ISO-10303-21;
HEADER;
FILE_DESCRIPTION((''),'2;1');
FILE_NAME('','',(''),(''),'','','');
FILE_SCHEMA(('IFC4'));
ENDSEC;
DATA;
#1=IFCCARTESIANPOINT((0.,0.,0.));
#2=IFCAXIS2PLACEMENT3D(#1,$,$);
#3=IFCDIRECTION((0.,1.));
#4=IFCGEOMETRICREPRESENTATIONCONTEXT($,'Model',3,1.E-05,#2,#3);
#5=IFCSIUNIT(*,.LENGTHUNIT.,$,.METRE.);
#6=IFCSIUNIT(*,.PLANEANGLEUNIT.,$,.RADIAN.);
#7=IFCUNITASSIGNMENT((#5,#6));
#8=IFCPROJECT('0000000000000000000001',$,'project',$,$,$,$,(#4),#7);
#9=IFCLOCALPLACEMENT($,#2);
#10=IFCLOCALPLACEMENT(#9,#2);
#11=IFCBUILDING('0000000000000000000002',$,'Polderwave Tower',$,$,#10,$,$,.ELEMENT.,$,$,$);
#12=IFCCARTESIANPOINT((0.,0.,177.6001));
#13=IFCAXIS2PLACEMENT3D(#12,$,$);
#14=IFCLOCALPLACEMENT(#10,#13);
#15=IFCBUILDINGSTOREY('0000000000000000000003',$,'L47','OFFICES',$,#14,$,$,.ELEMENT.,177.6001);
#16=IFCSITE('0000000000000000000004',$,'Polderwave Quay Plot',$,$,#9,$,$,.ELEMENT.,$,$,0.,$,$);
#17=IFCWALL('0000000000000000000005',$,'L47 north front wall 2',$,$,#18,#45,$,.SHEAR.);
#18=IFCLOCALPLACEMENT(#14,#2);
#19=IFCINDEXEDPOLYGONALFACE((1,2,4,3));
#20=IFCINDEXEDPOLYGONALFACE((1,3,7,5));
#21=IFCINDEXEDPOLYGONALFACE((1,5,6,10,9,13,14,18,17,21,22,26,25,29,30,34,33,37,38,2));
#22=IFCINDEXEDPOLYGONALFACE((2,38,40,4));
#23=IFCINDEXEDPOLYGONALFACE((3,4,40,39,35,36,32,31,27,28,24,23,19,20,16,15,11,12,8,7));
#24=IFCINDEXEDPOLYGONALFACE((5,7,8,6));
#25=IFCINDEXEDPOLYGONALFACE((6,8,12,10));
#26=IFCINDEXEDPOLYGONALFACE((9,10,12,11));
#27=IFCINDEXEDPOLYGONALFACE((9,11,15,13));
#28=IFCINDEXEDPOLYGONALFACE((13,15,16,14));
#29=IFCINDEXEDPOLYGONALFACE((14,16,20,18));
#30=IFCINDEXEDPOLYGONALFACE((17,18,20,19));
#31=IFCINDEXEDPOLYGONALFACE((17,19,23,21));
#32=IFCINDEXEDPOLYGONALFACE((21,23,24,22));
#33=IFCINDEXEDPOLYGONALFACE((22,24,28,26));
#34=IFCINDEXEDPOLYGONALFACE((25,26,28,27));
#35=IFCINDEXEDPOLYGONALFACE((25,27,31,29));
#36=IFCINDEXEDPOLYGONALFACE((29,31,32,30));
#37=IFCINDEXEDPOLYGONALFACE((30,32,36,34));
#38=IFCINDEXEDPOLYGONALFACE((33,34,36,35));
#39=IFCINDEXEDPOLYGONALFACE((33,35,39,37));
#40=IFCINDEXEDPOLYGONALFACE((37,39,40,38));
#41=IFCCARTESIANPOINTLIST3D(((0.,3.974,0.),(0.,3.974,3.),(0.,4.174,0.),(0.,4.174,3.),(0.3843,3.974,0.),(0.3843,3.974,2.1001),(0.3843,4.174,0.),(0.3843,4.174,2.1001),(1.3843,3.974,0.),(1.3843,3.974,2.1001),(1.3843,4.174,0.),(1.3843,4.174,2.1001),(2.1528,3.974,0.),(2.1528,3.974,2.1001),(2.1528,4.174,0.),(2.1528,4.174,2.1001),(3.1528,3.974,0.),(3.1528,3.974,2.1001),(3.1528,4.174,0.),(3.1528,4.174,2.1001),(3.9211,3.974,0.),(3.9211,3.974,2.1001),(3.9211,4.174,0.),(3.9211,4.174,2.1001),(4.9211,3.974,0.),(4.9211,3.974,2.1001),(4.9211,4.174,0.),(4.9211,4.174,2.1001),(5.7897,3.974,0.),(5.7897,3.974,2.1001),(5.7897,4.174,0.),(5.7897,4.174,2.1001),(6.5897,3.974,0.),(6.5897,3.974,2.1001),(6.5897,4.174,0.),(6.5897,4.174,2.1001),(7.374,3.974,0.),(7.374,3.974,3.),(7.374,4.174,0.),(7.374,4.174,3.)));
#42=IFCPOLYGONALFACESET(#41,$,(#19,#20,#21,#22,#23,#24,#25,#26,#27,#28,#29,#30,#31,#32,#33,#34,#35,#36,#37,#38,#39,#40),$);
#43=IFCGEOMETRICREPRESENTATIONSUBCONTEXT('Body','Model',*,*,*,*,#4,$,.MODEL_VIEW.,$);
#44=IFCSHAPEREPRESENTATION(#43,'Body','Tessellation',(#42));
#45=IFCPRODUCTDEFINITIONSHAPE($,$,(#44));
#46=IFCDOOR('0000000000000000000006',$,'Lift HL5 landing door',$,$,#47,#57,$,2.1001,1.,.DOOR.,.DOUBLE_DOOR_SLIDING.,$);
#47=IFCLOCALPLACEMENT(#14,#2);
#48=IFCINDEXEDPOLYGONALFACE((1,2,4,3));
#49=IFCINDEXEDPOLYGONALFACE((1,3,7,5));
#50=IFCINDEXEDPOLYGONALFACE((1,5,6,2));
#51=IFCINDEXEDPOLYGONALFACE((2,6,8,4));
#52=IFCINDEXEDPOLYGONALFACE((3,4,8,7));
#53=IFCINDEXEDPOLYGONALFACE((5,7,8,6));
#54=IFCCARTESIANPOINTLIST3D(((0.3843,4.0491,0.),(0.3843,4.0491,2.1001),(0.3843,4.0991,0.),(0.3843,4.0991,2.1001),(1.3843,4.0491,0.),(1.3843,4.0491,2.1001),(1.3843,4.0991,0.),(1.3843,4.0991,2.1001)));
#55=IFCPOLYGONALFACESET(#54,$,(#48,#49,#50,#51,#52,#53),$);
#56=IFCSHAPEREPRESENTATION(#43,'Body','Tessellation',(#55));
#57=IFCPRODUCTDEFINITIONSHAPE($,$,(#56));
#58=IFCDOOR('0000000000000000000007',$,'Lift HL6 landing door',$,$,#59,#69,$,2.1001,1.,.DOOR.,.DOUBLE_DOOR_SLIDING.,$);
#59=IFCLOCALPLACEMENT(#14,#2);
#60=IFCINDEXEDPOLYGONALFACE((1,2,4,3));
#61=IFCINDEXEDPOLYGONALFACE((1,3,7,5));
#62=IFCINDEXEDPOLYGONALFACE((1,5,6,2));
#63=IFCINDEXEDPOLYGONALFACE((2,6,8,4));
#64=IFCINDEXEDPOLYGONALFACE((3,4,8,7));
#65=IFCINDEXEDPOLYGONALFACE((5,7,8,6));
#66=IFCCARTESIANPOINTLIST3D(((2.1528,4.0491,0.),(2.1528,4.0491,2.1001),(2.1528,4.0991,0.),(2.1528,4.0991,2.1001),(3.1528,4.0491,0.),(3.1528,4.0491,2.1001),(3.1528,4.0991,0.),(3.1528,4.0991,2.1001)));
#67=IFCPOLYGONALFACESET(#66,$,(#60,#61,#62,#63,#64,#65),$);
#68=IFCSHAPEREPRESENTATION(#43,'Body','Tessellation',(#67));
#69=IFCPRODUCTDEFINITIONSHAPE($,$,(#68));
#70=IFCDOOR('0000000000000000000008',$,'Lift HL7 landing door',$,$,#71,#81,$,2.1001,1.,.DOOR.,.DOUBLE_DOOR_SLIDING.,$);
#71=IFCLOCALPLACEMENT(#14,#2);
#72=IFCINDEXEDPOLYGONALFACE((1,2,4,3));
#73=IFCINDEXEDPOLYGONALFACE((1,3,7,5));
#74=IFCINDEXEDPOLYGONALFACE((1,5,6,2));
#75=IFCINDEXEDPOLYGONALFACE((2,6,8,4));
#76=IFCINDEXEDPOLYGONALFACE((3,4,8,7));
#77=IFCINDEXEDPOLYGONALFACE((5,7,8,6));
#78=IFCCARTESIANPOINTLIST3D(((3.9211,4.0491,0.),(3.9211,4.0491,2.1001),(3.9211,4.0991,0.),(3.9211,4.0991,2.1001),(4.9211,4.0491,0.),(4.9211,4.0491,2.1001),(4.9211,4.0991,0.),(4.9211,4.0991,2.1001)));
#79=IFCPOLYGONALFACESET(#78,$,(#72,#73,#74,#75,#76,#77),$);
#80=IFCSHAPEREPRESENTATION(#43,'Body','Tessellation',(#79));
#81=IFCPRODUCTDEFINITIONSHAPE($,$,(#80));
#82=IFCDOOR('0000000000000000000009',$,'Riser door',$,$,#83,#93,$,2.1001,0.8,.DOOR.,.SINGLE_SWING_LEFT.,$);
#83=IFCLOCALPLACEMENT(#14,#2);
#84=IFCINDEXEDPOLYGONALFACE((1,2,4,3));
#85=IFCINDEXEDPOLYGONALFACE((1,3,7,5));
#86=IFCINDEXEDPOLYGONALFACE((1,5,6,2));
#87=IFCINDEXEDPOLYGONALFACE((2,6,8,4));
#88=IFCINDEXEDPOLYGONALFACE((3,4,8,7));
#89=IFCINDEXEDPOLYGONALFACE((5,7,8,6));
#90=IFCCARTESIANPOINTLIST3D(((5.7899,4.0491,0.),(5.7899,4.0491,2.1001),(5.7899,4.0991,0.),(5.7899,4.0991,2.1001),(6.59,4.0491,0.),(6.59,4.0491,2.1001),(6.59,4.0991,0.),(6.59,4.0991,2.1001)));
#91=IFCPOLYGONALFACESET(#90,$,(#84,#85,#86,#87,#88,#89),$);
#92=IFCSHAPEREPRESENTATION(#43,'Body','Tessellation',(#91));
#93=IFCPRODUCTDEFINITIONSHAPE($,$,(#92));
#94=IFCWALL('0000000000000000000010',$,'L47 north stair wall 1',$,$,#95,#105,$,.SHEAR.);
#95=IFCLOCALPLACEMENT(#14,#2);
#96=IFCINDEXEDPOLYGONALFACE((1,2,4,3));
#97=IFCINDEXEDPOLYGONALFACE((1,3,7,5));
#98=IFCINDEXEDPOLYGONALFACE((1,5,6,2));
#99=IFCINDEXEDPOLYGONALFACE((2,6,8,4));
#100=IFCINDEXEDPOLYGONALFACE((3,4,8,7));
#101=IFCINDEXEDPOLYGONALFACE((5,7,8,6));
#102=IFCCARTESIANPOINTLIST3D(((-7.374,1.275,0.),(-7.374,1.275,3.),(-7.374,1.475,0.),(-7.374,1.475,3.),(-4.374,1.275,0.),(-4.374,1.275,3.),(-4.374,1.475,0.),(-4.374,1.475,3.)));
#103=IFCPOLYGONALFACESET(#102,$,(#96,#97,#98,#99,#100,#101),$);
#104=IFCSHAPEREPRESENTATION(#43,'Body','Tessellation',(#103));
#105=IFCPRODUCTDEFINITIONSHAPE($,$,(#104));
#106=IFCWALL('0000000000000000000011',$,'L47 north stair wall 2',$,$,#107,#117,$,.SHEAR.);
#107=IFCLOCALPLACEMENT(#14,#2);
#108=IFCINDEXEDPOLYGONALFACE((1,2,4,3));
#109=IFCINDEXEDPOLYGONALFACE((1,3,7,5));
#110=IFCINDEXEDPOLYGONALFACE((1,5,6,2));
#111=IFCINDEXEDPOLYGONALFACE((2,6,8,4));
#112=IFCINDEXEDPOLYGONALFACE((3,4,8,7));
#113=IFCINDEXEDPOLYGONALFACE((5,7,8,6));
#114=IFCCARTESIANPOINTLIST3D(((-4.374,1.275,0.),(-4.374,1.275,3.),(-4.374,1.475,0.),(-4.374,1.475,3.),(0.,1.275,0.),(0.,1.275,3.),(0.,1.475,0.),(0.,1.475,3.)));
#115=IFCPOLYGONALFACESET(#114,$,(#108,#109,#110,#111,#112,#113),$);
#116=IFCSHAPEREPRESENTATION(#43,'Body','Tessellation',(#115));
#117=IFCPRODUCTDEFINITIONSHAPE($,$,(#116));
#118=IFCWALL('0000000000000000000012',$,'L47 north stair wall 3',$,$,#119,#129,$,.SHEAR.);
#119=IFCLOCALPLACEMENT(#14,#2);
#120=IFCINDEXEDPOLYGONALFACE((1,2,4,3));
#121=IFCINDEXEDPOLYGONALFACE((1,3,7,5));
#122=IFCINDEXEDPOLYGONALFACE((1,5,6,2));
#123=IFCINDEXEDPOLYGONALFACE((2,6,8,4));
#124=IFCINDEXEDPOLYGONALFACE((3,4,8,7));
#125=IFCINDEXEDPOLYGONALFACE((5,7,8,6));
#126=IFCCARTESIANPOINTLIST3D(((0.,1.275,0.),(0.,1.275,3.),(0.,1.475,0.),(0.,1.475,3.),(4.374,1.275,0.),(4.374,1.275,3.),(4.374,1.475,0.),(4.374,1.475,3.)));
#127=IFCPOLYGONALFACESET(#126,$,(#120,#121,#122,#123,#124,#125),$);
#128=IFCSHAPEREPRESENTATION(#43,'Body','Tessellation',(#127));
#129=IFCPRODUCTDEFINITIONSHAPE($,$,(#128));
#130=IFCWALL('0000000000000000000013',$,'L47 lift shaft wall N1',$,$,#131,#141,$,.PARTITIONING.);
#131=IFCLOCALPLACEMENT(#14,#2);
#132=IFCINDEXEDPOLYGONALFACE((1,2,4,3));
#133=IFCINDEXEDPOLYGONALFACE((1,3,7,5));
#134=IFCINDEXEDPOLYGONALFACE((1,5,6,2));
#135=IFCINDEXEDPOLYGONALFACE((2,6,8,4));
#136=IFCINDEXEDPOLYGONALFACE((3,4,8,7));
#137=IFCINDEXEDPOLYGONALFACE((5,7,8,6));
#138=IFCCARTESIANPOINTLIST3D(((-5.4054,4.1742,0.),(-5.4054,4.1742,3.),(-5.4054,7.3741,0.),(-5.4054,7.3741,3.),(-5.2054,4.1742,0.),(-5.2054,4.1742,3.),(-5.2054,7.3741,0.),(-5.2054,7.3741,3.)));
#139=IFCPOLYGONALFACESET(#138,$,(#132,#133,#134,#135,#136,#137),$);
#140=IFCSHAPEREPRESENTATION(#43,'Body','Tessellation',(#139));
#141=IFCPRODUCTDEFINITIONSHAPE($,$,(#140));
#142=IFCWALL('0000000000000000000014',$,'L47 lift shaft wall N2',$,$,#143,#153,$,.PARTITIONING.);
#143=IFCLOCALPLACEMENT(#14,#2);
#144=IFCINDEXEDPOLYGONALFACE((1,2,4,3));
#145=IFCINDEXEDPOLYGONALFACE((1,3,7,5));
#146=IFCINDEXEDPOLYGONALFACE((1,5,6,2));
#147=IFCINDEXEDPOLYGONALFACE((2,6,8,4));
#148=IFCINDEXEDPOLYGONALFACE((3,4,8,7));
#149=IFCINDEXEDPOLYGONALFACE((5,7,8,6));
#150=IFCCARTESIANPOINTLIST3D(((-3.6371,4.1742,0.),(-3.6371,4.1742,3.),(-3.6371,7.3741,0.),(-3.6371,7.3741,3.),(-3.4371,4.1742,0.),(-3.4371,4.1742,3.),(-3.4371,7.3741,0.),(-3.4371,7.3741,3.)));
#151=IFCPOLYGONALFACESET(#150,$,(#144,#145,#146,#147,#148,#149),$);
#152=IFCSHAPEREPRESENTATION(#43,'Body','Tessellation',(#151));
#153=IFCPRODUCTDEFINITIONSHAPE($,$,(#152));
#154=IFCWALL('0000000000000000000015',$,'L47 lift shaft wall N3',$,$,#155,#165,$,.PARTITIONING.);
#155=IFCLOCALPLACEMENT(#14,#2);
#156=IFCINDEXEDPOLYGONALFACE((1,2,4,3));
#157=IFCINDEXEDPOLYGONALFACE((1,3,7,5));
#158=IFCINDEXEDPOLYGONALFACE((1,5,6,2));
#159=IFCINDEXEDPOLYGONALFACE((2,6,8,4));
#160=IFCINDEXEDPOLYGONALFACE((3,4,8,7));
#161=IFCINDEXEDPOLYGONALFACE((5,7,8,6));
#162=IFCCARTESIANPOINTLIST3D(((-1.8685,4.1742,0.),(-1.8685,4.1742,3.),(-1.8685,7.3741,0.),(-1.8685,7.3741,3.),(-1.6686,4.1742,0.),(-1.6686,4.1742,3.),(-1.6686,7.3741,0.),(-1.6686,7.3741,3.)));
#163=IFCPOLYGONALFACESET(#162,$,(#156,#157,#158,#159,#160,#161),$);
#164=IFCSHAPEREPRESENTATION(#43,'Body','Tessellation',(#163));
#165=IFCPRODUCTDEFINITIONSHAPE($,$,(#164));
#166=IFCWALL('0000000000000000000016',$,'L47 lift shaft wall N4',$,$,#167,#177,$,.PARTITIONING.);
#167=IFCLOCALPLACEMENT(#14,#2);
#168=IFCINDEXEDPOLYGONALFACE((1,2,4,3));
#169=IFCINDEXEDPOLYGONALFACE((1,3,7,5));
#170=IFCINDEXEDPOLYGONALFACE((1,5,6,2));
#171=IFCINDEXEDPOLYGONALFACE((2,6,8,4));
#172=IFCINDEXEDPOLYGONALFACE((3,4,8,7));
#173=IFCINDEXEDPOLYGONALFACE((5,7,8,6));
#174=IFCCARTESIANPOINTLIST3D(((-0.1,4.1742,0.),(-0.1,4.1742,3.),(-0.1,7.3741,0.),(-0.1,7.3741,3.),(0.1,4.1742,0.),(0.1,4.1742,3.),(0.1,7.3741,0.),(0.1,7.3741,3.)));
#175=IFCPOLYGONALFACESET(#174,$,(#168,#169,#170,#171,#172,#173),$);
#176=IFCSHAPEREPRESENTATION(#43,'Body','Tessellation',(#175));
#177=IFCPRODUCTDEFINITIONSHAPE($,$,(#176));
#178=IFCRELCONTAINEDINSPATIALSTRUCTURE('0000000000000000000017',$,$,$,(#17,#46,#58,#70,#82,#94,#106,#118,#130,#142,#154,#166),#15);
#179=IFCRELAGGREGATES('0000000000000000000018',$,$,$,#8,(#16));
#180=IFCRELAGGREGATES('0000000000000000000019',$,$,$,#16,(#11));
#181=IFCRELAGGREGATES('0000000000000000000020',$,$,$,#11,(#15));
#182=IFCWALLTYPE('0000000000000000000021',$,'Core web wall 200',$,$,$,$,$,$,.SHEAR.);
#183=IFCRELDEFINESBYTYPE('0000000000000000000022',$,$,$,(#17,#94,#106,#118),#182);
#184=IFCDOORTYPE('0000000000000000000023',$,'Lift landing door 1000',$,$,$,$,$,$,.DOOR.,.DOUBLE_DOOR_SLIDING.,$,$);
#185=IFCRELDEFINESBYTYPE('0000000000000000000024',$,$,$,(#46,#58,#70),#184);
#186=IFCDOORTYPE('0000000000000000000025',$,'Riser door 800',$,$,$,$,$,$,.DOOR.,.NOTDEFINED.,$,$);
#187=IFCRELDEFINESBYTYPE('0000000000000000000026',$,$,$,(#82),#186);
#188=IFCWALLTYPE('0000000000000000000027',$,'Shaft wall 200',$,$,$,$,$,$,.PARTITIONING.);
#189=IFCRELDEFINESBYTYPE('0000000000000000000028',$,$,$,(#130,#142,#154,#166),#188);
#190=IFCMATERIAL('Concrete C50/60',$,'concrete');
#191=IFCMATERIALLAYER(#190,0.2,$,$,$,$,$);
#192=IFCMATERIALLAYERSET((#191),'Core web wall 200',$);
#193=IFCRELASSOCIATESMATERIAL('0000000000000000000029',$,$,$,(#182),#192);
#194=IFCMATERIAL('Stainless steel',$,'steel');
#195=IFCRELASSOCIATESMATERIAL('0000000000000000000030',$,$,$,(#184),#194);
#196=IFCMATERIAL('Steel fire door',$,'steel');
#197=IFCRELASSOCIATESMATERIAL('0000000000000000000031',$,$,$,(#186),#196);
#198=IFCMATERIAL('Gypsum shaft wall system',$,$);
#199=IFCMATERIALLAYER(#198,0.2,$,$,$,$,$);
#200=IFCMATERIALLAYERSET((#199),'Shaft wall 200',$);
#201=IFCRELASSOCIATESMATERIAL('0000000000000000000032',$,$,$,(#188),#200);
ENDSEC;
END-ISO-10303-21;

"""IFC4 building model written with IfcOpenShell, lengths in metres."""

from ifc_helpers import new_model, si_unit, direction, frame, frame_2d, origin, place, context, subcontext, project, spatial, rectangle, extrude, material, layer, layer_set, type_object, element, fill, save


model = new_model("IFC4")

# Units and contexts
model_context = context("Model", 3, precision=1e-05, world=origin(), true_north=direction((0.0, 1.0)))
body_context = subcontext(model_context, "Body", "Model", "MODEL_VIEW")
ifc_project = project(units=[si_unit("LENGTHUNIT", "METRE"), si_unit("PLANEANGLEUNIT", "RADIAN")], contexts=[model_context])

# Site, building, storey
site_placement = place(None, origin())
site = spatial("IfcSite", under=ifc_project, at=site_placement, Name="Polderwave Quay Plot", CompositionType="ELEMENT", RefElevation=0.0)
building_placement = place(site_placement, origin())
building = spatial("IfcBuilding", under=site, at=building_placement, Name="Polderwave Tower", CompositionType="ELEMENT")
storey_placement = place(building_placement, frame((0.0, 0.0, 177.6001)))
storey = spatial("IfcBuildingStorey", under=building, at=storey_placement, Name="L47", Description="OFFICES", CompositionType="ELEMENT", Elevation=177.6001)

# Wall, openings, doors
ifc_material_1 = material(Name="Concrete C50/60", Category="concrete")
ifc_layer_1 = layer(ifc_material_1, 0.2)
ifc_layer_set_1 = layer_set([ifc_layer_1], Name="Core web wall 200")
wall_type_1 = type_object("IfcWallType", Name="Core web wall 200", PredefinedType="SHEAR", material=ifc_layer_set_1)
ifc_material_2 = material(Name="Stainless steel", Category="steel")
door_type_1 = type_object("IfcDoorType", Name="Lift landing door 1000", OperationType="DOUBLE_DOOR_SLIDING", PredefinedType="DOOR", material=ifc_material_2)
wall_1_placement = place(storey_placement, frame((0.0, 4.074, 0.0), z_axis=(0.0, 0.0, 1.0), x_axis=(1.0, 0.0, 0.0)))
wall_1 = element("IfcWall", 1, at=wall_1_placement, inside=storey, type_object=wall_type_1, Name="L47 north front wall 2", PredefinedType="SHEAR", context=body_context, shape_type="SweptSolid", body=[
    extrude(rectangle(XDim=7.374, YDim=0.2, at=frame_2d((3.687, 0.0))), origin(), (0.0, 0.0, 1.0), 3.0),
])
opening_1_placement = place(wall_1_placement, frame((0.3843, 0.0, 0.0)))
opening_1 = element("IfcOpeningElement", 2, at=opening_1_placement, cuts=wall_1, PredefinedType="OPENING", context=body_context, shape_type="SweptSolid", body=[
    extrude(rectangle(XDim=1.0, YDim=2.1001, at=frame_2d((0.5, 1.05))), frame((0.0, 0.1099, 0.0), z_axis=(0.0, -1.0, 0.0), x_axis=(1.0, 0.0, 0.0)), (0.0, 0.0, 1.0), 0.22),
])
opening_2_placement = place(wall_1_placement, frame((2.1528, 0.0, 0.0)))
opening_2 = element("IfcOpeningElement", 3, at=opening_2_placement, cuts=wall_1, PredefinedType="OPENING", context=body_context, shape_type="SweptSolid", body=[
    extrude(rectangle(XDim=1.0, YDim=2.1001, at=frame_2d((0.5, 1.05))), frame((0.0, 0.1099, 0.0), z_axis=(0.0, -1.0, 0.0), x_axis=(1.0, 0.0, 0.0)), (0.0, 0.0, 1.0), 0.22),
])
opening_3_placement = place(wall_1_placement, frame((3.9211, 0.0, 0.0)))
opening_3 = element("IfcOpeningElement", 4, at=opening_3_placement, cuts=wall_1, PredefinedType="OPENING", context=body_context, shape_type="SweptSolid", body=[
    extrude(rectangle(XDim=1.0, YDim=2.1001, at=frame_2d((0.5, 1.05))), frame((0.0, 0.1099, 0.0), z_axis=(0.0, -1.0, 0.0), x_axis=(1.0, 0.0, 0.0)), (0.0, 0.0, 1.0), 0.22),
])
opening_4_placement = place(wall_1_placement, frame((5.7898, 0.0, 0.0)))
opening_4 = element("IfcOpeningElement", 5, at=opening_4_placement, cuts=wall_1, PredefinedType="OPENING", context=body_context, shape_type="SweptSolid", body=[
    extrude(rectangle(XDim=0.8, YDim=2.1001, at=frame_2d((0.3999, 1.05))), frame((0.0, 0.1099, 0.0), z_axis=(0.0, -1.0, 0.0), x_axis=(1.0, 0.0, 0.0)), (0.0, 0.0, 1.0), 0.22),
])
door_1_placement = place(opening_1_placement, frame((1.0, 0.0, 0.0), z_axis=(0.0, 0.0, 1.0), x_axis=(-1.0, 0.0, 0.0)))
door_1 = element("IfcDoor", 6, at=door_1_placement, inside=storey, type_object=door_type_1, Name="Lift HL5 landing door", OperationType="DOUBLE_DOOR_SLIDING", OverallHeight=2.1001, OverallWidth=1.0, PredefinedType="DOOR", context=body_context, shape_type="SweptSolid", body=[
    extrude(rectangle(XDim=1.0, YDim=2.1001, at=frame_2d((0.5, 1.05))), frame((0.0, 0.0249, 0.0), z_axis=(0.0, -1.0, 0.0), x_axis=(1.0, 0.0, 0.0)), (0.0, 0.0, 1.0), 0.05),
])
fill(opening_1, door_1)
door_2_placement = place(opening_2_placement, frame((1.0, 0.0, 0.0), z_axis=(0.0, 0.0, 1.0), x_axis=(-1.0, 0.0, 0.0)))
door_2 = element("IfcDoor", 7, at=door_2_placement, inside=storey, type_object=door_type_1, Name="Lift HL6 landing door", OperationType="DOUBLE_DOOR_SLIDING", OverallHeight=2.1001, OverallWidth=1.0, PredefinedType="DOOR", context=body_context, shape_type="SweptSolid", body=[
    extrude(rectangle(XDim=1.0, YDim=2.1001, at=frame_2d((0.5, 1.05))), frame((0.0, 0.0249, 0.0), z_axis=(0.0, -1.0, 0.0), x_axis=(1.0, 0.0, 0.0)), (0.0, 0.0, 1.0), 0.05),
])
fill(opening_2, door_2)
door_3_placement = place(opening_3_placement, frame((1.0, 0.0, 0.0), z_axis=(0.0, 0.0, 1.0), x_axis=(-1.0, 0.0, 0.0)))
door_3 = element("IfcDoor", 8, at=door_3_placement, inside=storey, type_object=door_type_1, Name="Lift HL7 landing door", OperationType="DOUBLE_DOOR_SLIDING", OverallHeight=2.1001, OverallWidth=1.0, PredefinedType="DOOR", context=body_context, shape_type="SweptSolid", body=[
    extrude(rectangle(XDim=1.0, YDim=2.1001, at=frame_2d((0.5, 1.05))), frame((0.0, 0.0249, 0.0), z_axis=(0.0, -1.0, 0.0), x_axis=(1.0, 0.0, 0.0)), (0.0, 0.0, 1.0), 0.05),
])
fill(opening_3, door_3)
ifc_material_3 = material(Name="Steel fire door", Category="steel")
door_type_2 = type_object("IfcDoorType", Name="Riser door 800", OperationType="NOTDEFINED", PredefinedType="DOOR", material=ifc_material_3)
door_4_placement = place(opening_4_placement, frame((0.8, 0.0, 0.0), z_axis=(0.0, 0.0, 1.0), x_axis=(-1.0, 0.0, 0.0)))
door_4 = element("IfcDoor", 9, at=door_4_placement, inside=storey, type_object=door_type_2, Name="Riser door", OperationType="SINGLE_SWING_LEFT", OverallHeight=2.1001, OverallWidth=0.8, PredefinedType="DOOR", context=body_context, shape_type="SweptSolid", body=[
    extrude(rectangle(XDim=0.8, YDim=2.1001, at=frame_2d((0.3999, 1.05))), frame((0.0, 0.0249, 0.0), z_axis=(0.0, -1.0, 0.0), x_axis=(1.0, 0.0, 0.0)), (0.0, 0.0, 1.0), 0.05),
])
fill(opening_4, door_4)

# Walls
wall_2_placement = place(storey_placement, frame((-7.374, 1.375, 0.0), z_axis=(0.0, 0.0, 1.0), x_axis=(1.0, 0.0, 0.0)))
element("IfcWall", 10, at=wall_2_placement, inside=storey, type_object=wall_type_1, Name="L47 north stair wall 1", PredefinedType="SHEAR", context=body_context, shape_type="SweptSolid", body=[
    extrude(rectangle(XDim=3.0, YDim=0.2, at=frame_2d((1.5, 0.0))), origin(), (0.0, 0.0, 1.0), 3.0),
])
for number, where, z_axis, x_axis, name in (
    (11, (-4.374, 1.375, 0.0), (0.0, 0.0, 1.0), (1.0, 0.0, 0.0), "L47 north stair wall 2"),
    (12, (0.0, 1.375, 0.0), (0.0, 0.0, 1.0), (1.0, 0.0, 0.0), "L47 north stair wall 3"),
):
    element("IfcWall", number, at=place(storey_placement, frame(where, z_axis=z_axis, x_axis=x_axis)), inside=storey, type_object=wall_type_1, Name=name, PredefinedType="SHEAR", context=body_context, shape_type="SweptSolid", body=[
        extrude(rectangle(XDim=4.374, YDim=0.2, at=frame_2d((2.187, 0.0))), origin(), (0.0, 0.0, 1.0), 3.0),
    ])
ifc_material_4 = material(Name="Gypsum shaft wall system")
ifc_layer_2 = layer(ifc_material_4, 0.2)
ifc_layer_set_2 = layer_set([ifc_layer_2], Name="Shaft wall 200")
wall_type_2 = type_object("IfcWallType", Name="Shaft wall 200", PredefinedType="PARTITIONING", material=ifc_layer_set_2)
for number, where, z_axis, x_axis, name in (
    (13, (-5.3054, 4.1741, 0.0), (0.0, 0.0, 1.0), (0.0, 1.0, 0.0), "L47 lift shaft wall N1"),
    (14, (-3.5371, 4.1741, 0.0), (0.0, 0.0, 1.0), (0.0, 1.0, 0.0), "L47 lift shaft wall N2"),
    (15, (-1.7686, 4.1741, 0.0), (0.0, 0.0, 1.0), (0.0, 1.0, 0.0), "L47 lift shaft wall N3"),
    (16, (0.0, 4.1741, 0.0), (0.0, 0.0, 1.0), (0.0, 1.0, 0.0), "L47 lift shaft wall N4"),
):
    element("IfcWall", number, at=place(storey_placement, frame(where, z_axis=z_axis, x_axis=x_axis)), inside=storey, type_object=wall_type_2, Name=name, PredefinedType="PARTITIONING", context=body_context, shape_type="SweptSolid", body=[
        extrude(rectangle(XDim=3.2, YDim=0.2, at=frame_2d((1.6001, 0.0))), origin(), (0.0, 0.0, 1.0), 3.0),
    ])

save(model, "model.ifc")
